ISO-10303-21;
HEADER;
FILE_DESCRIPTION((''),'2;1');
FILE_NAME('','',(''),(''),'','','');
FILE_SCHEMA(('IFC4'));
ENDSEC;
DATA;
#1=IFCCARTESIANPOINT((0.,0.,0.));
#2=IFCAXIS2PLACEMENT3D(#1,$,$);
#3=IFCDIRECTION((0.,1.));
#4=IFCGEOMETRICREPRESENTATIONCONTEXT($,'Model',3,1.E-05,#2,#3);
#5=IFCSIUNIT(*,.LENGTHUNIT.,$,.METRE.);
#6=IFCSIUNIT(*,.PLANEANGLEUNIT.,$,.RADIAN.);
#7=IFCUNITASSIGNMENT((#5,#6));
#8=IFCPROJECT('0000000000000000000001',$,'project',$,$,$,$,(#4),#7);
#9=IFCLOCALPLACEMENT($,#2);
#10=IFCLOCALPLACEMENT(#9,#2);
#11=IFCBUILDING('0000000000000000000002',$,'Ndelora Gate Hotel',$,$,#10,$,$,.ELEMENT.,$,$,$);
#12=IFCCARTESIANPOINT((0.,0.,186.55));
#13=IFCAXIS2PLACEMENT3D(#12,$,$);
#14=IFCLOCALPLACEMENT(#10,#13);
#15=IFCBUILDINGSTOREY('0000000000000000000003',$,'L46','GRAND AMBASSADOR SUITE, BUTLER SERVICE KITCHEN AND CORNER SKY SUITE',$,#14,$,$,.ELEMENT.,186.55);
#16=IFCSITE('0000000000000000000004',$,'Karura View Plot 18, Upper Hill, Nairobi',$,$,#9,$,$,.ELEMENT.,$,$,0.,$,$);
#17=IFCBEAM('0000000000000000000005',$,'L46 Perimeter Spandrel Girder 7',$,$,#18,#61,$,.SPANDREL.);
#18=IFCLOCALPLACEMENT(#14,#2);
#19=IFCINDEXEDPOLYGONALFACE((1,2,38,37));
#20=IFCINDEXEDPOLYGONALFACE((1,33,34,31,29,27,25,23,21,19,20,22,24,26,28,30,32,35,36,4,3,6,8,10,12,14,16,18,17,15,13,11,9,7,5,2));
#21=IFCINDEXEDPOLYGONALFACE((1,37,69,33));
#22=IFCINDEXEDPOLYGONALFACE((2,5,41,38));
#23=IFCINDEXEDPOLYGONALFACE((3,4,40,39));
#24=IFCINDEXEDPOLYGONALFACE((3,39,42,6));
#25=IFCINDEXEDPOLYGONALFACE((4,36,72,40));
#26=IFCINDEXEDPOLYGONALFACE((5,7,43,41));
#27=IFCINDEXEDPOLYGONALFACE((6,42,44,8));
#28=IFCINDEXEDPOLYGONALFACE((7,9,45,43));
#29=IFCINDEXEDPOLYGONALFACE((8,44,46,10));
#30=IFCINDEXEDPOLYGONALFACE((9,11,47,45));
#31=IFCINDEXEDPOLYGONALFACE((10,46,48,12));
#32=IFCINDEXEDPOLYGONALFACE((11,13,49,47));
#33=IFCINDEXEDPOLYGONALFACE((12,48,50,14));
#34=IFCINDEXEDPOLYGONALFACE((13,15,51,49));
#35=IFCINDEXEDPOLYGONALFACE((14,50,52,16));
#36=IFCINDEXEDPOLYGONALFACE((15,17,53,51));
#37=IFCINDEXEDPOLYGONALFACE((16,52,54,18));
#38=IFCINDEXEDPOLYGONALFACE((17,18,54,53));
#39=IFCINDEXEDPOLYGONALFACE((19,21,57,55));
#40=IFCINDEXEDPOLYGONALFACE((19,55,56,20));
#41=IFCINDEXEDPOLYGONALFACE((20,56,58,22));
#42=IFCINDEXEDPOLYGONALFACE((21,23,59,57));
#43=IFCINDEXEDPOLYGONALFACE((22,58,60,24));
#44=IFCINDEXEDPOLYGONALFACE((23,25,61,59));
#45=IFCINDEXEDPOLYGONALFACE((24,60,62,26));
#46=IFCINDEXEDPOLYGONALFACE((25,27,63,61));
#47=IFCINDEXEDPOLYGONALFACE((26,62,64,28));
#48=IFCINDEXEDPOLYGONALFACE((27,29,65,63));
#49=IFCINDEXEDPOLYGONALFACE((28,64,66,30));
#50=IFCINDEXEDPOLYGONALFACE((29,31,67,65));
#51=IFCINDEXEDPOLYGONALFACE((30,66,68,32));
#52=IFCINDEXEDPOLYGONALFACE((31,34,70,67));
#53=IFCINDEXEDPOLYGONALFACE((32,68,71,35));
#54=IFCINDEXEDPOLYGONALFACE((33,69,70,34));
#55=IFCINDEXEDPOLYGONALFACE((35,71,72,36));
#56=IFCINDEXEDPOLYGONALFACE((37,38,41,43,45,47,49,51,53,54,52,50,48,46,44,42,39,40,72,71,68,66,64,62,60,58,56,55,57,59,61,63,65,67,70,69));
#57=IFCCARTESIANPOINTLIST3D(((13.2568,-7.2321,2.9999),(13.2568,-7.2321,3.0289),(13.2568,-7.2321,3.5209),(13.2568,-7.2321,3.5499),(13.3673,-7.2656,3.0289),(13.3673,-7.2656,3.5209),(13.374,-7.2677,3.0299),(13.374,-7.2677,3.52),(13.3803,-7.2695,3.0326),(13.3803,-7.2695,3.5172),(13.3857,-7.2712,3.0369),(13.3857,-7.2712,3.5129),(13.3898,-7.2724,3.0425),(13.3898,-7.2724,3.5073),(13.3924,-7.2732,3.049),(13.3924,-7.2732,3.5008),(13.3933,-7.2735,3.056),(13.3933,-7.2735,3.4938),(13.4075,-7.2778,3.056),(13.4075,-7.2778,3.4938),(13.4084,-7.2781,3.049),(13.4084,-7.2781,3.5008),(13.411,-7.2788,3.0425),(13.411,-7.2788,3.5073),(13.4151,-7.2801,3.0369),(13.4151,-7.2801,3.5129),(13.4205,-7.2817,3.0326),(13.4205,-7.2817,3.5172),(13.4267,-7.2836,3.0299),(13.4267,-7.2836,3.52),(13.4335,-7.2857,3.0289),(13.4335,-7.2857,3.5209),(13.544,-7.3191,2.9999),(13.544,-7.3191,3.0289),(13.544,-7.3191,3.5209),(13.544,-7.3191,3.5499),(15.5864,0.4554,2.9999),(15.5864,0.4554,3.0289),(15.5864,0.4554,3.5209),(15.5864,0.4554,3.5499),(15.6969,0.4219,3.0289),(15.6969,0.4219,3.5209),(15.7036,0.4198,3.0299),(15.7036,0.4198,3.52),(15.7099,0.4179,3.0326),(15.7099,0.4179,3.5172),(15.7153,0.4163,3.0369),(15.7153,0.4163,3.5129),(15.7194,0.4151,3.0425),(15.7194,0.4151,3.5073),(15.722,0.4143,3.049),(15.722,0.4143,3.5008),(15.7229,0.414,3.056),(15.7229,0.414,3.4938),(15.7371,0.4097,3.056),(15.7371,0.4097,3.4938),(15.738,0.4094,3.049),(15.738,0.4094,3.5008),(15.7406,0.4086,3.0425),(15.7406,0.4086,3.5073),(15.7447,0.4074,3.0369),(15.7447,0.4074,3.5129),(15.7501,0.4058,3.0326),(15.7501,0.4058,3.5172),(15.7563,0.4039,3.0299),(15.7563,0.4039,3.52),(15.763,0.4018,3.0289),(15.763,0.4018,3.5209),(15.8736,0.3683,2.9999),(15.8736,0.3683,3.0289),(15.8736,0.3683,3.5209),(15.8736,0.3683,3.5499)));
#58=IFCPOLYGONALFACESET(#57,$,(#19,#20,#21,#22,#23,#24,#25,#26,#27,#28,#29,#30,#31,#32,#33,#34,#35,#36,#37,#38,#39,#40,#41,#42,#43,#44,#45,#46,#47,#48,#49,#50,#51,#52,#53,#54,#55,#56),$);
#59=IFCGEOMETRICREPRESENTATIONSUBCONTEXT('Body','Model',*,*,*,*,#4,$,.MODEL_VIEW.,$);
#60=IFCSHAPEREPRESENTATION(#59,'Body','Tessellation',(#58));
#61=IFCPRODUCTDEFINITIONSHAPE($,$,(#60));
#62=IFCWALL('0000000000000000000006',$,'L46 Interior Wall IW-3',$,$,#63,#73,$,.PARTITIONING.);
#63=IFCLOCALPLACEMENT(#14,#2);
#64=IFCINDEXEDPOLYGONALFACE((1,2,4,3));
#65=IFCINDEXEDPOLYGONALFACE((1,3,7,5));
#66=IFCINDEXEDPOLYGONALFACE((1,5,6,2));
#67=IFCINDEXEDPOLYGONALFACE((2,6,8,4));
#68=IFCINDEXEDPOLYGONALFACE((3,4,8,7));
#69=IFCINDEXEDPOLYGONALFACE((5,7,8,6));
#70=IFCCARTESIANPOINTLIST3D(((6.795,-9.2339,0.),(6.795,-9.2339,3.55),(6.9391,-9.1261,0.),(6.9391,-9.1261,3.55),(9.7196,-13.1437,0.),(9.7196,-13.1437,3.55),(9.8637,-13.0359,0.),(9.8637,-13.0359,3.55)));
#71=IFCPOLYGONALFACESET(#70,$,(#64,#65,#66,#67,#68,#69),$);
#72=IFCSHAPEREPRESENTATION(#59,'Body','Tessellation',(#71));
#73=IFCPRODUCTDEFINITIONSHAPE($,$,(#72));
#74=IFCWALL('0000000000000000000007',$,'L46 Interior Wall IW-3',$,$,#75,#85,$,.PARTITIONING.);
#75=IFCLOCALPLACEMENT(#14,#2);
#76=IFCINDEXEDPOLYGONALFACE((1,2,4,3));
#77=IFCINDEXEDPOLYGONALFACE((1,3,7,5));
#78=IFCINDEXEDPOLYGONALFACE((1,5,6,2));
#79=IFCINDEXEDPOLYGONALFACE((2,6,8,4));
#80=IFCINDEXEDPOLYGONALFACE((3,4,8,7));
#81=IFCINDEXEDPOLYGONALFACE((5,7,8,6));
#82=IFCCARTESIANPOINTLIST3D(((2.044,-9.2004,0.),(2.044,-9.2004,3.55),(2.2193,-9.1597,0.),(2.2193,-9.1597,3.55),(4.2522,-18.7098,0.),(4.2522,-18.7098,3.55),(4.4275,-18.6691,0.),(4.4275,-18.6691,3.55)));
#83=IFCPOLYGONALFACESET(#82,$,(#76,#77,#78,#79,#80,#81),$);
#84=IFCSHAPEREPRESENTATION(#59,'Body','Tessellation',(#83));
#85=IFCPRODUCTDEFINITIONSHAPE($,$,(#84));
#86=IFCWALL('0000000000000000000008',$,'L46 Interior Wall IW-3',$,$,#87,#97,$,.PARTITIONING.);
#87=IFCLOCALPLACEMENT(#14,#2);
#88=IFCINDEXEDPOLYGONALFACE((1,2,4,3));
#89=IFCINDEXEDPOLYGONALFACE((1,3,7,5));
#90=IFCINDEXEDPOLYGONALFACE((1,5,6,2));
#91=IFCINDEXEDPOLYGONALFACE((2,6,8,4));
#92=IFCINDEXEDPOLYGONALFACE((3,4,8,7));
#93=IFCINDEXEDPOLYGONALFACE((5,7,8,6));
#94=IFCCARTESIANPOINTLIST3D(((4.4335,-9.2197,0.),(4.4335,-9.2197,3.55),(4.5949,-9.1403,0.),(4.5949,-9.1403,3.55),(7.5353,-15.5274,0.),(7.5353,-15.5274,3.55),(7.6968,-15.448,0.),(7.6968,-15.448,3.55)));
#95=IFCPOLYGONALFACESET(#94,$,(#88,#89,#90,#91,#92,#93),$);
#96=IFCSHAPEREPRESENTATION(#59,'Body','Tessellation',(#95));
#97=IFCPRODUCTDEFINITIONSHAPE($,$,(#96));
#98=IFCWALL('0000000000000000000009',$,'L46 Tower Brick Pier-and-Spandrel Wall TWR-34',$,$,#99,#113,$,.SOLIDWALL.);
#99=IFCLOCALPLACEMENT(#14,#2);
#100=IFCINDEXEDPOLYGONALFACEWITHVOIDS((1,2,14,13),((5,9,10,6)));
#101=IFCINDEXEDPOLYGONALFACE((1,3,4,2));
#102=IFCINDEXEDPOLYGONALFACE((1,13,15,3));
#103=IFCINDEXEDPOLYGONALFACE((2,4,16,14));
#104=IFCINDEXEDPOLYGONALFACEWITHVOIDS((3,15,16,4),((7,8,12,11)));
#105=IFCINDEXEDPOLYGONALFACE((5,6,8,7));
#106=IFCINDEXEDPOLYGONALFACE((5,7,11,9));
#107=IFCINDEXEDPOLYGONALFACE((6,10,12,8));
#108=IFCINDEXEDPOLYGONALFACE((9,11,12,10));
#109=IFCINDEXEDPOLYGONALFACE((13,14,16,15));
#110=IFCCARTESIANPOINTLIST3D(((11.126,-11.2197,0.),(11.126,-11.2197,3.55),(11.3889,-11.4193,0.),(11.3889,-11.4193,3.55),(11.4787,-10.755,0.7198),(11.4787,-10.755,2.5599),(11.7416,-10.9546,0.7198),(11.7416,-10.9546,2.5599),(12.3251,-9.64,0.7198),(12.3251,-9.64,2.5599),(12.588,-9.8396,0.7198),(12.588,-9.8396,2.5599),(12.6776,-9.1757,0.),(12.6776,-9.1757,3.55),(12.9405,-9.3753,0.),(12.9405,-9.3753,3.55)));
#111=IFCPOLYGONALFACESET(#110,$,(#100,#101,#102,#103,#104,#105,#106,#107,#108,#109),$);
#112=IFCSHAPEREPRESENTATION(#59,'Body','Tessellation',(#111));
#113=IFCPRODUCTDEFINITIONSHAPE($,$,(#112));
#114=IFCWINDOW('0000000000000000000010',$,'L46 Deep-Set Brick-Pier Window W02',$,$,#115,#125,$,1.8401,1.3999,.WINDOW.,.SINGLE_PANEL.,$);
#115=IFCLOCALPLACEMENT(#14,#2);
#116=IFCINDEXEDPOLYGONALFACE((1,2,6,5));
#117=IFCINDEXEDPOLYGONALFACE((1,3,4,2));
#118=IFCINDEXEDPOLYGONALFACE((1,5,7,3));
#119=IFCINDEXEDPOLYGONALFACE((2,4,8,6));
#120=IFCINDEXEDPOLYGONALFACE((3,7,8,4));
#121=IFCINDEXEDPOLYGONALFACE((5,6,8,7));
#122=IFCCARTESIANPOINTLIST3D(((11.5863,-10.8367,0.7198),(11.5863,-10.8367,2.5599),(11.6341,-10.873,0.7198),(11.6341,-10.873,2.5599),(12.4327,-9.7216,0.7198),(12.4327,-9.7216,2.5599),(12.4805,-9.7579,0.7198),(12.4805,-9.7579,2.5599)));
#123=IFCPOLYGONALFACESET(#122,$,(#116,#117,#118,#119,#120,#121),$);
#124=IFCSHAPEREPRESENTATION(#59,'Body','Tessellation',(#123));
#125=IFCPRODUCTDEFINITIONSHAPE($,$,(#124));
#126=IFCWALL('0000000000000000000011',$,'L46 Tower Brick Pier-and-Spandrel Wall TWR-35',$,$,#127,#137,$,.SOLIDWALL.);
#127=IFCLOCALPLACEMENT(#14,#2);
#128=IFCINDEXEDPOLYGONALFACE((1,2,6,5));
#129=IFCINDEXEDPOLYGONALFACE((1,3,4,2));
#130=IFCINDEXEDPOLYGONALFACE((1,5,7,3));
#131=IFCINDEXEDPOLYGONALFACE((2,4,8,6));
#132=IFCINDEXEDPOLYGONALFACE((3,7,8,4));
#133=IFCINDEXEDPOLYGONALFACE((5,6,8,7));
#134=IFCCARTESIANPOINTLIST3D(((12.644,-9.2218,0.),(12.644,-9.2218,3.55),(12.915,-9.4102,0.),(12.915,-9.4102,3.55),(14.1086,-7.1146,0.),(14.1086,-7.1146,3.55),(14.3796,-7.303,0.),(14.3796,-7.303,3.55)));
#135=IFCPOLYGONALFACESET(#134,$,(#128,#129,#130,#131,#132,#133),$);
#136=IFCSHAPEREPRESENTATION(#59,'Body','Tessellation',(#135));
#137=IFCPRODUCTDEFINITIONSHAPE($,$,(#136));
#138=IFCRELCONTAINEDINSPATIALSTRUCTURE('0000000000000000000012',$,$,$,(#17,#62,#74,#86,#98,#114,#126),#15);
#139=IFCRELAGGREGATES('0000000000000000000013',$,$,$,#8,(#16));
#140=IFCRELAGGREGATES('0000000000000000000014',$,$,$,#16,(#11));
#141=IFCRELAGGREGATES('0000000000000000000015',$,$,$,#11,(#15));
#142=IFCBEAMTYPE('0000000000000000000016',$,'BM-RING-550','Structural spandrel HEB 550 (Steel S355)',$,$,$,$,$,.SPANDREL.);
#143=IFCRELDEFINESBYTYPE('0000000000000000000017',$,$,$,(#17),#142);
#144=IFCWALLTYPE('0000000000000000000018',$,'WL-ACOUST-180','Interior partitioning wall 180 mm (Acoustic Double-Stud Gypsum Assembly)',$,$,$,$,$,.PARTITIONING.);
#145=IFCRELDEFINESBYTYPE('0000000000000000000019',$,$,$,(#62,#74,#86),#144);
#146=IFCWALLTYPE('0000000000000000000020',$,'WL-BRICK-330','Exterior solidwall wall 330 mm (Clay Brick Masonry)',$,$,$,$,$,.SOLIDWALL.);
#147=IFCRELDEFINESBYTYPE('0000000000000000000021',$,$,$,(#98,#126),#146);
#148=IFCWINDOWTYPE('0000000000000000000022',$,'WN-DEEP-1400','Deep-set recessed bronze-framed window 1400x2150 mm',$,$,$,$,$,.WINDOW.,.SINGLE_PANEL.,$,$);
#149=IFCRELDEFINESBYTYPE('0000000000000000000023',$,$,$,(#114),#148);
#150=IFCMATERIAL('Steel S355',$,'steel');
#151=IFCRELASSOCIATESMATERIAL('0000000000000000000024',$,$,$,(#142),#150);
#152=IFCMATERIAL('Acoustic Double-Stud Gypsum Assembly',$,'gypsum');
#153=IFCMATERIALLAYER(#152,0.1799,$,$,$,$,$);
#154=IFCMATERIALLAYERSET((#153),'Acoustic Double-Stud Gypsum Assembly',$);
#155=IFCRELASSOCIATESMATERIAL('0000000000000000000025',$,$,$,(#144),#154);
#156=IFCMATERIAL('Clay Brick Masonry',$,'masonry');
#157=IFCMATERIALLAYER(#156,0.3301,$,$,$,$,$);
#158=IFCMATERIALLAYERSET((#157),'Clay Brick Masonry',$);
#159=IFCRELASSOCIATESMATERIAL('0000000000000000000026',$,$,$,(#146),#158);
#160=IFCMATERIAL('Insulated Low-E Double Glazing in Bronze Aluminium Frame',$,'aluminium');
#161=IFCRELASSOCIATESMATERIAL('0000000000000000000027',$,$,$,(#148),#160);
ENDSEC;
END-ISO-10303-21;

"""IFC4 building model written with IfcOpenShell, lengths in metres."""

from ifc_helpers import new_model, si_unit, direction, frame, frame_2d, origin, origin_2d, place, context, subcontext, project, spatial, rectangle, i_section, extrude, material, layer, layer_set, material_profile, profile_set, type_object, element, fill, save


model = new_model("IFC4")

# Units and contexts
model_context = context("Model", 3, precision=1e-05, world=origin(), true_north=direction((0.0, 1.0)))
body_context = subcontext(model_context, "Body", "Model", "MODEL_VIEW")
ifc_project = project(units=[si_unit("LENGTHUNIT", "METRE"), si_unit("PLANEANGLEUNIT", "RADIAN")], contexts=[model_context])

# Site, building, storey
site_placement = place(None, origin())
site = spatial("IfcSite", under=ifc_project, at=site_placement, Name="Karura View Plot 18, Upper Hill, Nairobi", CompositionType="ELEMENT", RefElevation=0.0)
building_placement = place(site_placement, origin())
building = spatial("IfcBuilding", under=site, at=building_placement, Name="Ndelora Gate Hotel", CompositionType="ELEMENT")
storey_placement = place(building_placement, frame((0.0, 0.0, 186.55)))
storey = spatial("IfcBuildingStorey", under=building, at=storey_placement, Name="L46", Description="GRAND AMBASSADOR SUITE, BUTLER SERVICE KITCHEN AND CORNER SKY SUITE", CompositionType="ELEMENT", Elevation=186.55)

# Beam
ifc_material_1 = material(Name="Steel S355", Category="steel")
ifc_material_profile_1 = material_profile(ifc_material_1, i_section(OverallWidth=0.3, OverallDepth=0.55, WebThickness=0.0149, FlangeThickness=0.0291, FilletRadius=0.0271, at=origin_2d()), Name="HEB 550")
ifc_profile_set_1 = profile_set([ifc_material_profile_1], Name="Steel S355")
beam_type_1 = type_object("IfcBeamType", Name="BM-RING-550", Description="Structural spandrel HEB 550 (Steel S355)", PredefinedType="SPANDREL", material=ifc_profile_set_1)
beam_1_placement = place(storey_placement, frame((13.4004, -7.2756, 3.2749), z_axis=(0.290012, 0.957023, 0.0), x_axis=(-0.957023, 0.290012, 0.0)))
element("IfcBeam", 1, at=beam_1_placement, inside=storey, type_object=beam_type_1, Name="L46 Perimeter Spandrel Girder 7", PredefinedType="SPANDREL", context=body_context, shape_type="SweptSolid", body=[
    extrude(i_section(OverallWidth=0.3, OverallDepth=0.55, WebThickness=0.0149, FlangeThickness=0.0291, FilletRadius=0.0271, at=origin_2d()), origin(), (0.0, 0.0, 1.0), 8.0327),
])

# Walls
ifc_material_2 = material(Name="Acoustic Double-Stud Gypsum Assembly", Category="gypsum")
ifc_layer_1 = layer(ifc_material_2, 0.1799)
ifc_layer_set_1 = layer_set([ifc_layer_1], Name="Acoustic Double-Stud Gypsum Assembly")
wall_type_1 = type_object("IfcWallType", Name="WL-ACOUST-180", Description="Interior partitioning wall 180 mm (Acoustic Double-Stud Gypsum Assembly)", PredefinedType="PARTITIONING", material=ifc_layer_set_1)
wall_1_placement = place(storey_placement, frame((6.8669, -9.1799, 0.0), z_axis=(0.0, 0.0, 1.0), x_axis=(0.598991, -0.800755, 0.0)))
element("IfcWall", 2, at=wall_1_placement, inside=storey, type_object=wall_type_1, Name="L46 Interior Wall IW-3", PredefinedType="PARTITIONING", context=body_context, shape_type="SweptSolid", body=[
    extrude(rectangle(XDim=4.8826, YDim=0.1799, at=frame_2d((2.4414, 0.0))), origin(), (0.0, 0.0, 1.0), 3.55),
])
wall_2_placement = place(storey_placement, frame((2.1316, -9.1799, 0.0), z_axis=(0.0, 0.0, 1.0), x_axis=(0.226196, -0.974082, 0.0)))
element("IfcWall", 3, at=wall_2_placement, inside=storey, type_object=wall_type_1, Name="L46 Interior Wall IW-3", PredefinedType="PARTITIONING", context=body_context, shape_type="SweptSolid", body=[
    extrude(rectangle(XDim=9.7625, YDim=0.1799, at=frame_2d((4.8813, 0.0))), origin(), (0.0, 0.0, 1.0), 3.55),
])
wall_3_placement = place(storey_placement, frame((4.5142, -9.1799, 0.0), z_axis=(0.0, 0.0, 1.0), x_axis=(0.441285, -0.897367, 0.0)))
element("IfcWall", 4, at=wall_3_placement, inside=storey, type_object=wall_type_1, Name="L46 Interior Wall IW-3", PredefinedType="PARTITIONING", context=body_context, shape_type="SweptSolid", body=[
    extrude(rectangle(XDim=7.0291, YDim=0.1799, at=frame_2d((3.5146, 0.0))), origin(), (0.0, 0.0, 1.0), 3.55),
])

# Wall, opening, window
ifc_material_3 = material(Name="Clay Brick Masonry", Category="masonry")
ifc_layer_2 = layer(ifc_material_3, 0.3301)
ifc_layer_set_2 = layer_set([ifc_layer_2], Name="Clay Brick Masonry")
wall_type_2 = type_object("IfcWallType", Name="WL-BRICK-330", Description="Exterior solidwall wall 330 mm (Clay Brick Masonry)", PredefinedType="SOLIDWALL", material=ifc_layer_set_2)
wall_4_placement = place(storey_placement, frame((12.8091, -9.2754, 0.0), z_axis=(0.0, 0.0, 1.0), x_axis=(-0.604618, -0.796516, 0.0)))
wall_4 = element("IfcWall", 5, at=wall_4_placement, inside=storey, type_object=wall_type_2, Name="L46 Tower Brick Pier-and-Spandrel Wall TWR-34", PredefinedType="SOLIDWALL", context=body_context, shape_type="SweptSolid", body=[
    extrude(rectangle(XDim=2.5662, YDim=0.3301, at=frame_2d((1.2832, 0.0))), origin(), (0.0, 0.0, 1.0), 3.55),
])
opening_1_placement = place(wall_4_placement, frame((0.583, 0.0, 0.72)))
opening_1 = element("IfcOpeningElement", 6, at=opening_1_placement, cuts=wall_4, PredefinedType="OPENING", context=body_context, shape_type="SweptSolid", body=[
    extrude(rectangle(XDim=1.3999, YDim=1.8401, at=frame_2d((0.7, 0.9199))), frame((0.0, 0.175, 0.0), z_axis=(0.0, -1.0, 0.0), x_axis=(1.0, 0.0, 0.0)), (0.0, 0.0, 1.0), 0.3501),
])
ifc_material_4 = material(Name="Insulated Low-E Double Glazing in Bronze Aluminium Frame", Category="aluminium")
window_type = type_object("IfcWindowType", Name="WN-DEEP-1400", Description="Deep-set recessed bronze-framed window 1400x2150 mm", PartitioningType="SINGLE_PANEL", PredefinedType="WINDOW", material=ifc_material_4)
window_placement = place(opening_1_placement, origin())
window = element("IfcWindow", 7, at=window_placement, inside=storey, type_object=window_type, Name="L46 Deep-Set Brick-Pier Window W02", OverallHeight=1.8401, OverallWidth=1.3999, PartitioningType="SINGLE_PANEL", PredefinedType="WINDOW", context=body_context, shape_type="SweptSolid", body=[
    extrude(rectangle(XDim=1.3999, YDim=1.8401, at=frame_2d((0.7, 0.9199))), frame((0.0, 0.03, 0.0), z_axis=(0.0, -1.0, 0.0), x_axis=(1.0, 0.0, 0.0)), (0.0, 0.0, 1.0), 0.0601),
])
fill(opening_1, window)

# Wall
wall_5_placement = place(storey_placement, frame((14.2441, -7.2087, 0.0), z_axis=(0.0, 0.0, 1.0), x_axis=(-0.570733, -0.821136, 0.0)))
element("IfcWall", 8, at=wall_5_placement, inside=storey, type_object=wall_type_2, Name="L46 Tower Brick Pier-and-Spandrel Wall TWR-35", PredefinedType="SOLIDWALL", context=body_context, shape_type="SweptSolid", body=[
    extrude(rectangle(XDim=2.5662, YDim=0.3301, at=frame_2d((1.2832, 0.0))), origin(), (0.0, 0.0, 1.0), 3.55),
])

save(model, "model.ifc")
